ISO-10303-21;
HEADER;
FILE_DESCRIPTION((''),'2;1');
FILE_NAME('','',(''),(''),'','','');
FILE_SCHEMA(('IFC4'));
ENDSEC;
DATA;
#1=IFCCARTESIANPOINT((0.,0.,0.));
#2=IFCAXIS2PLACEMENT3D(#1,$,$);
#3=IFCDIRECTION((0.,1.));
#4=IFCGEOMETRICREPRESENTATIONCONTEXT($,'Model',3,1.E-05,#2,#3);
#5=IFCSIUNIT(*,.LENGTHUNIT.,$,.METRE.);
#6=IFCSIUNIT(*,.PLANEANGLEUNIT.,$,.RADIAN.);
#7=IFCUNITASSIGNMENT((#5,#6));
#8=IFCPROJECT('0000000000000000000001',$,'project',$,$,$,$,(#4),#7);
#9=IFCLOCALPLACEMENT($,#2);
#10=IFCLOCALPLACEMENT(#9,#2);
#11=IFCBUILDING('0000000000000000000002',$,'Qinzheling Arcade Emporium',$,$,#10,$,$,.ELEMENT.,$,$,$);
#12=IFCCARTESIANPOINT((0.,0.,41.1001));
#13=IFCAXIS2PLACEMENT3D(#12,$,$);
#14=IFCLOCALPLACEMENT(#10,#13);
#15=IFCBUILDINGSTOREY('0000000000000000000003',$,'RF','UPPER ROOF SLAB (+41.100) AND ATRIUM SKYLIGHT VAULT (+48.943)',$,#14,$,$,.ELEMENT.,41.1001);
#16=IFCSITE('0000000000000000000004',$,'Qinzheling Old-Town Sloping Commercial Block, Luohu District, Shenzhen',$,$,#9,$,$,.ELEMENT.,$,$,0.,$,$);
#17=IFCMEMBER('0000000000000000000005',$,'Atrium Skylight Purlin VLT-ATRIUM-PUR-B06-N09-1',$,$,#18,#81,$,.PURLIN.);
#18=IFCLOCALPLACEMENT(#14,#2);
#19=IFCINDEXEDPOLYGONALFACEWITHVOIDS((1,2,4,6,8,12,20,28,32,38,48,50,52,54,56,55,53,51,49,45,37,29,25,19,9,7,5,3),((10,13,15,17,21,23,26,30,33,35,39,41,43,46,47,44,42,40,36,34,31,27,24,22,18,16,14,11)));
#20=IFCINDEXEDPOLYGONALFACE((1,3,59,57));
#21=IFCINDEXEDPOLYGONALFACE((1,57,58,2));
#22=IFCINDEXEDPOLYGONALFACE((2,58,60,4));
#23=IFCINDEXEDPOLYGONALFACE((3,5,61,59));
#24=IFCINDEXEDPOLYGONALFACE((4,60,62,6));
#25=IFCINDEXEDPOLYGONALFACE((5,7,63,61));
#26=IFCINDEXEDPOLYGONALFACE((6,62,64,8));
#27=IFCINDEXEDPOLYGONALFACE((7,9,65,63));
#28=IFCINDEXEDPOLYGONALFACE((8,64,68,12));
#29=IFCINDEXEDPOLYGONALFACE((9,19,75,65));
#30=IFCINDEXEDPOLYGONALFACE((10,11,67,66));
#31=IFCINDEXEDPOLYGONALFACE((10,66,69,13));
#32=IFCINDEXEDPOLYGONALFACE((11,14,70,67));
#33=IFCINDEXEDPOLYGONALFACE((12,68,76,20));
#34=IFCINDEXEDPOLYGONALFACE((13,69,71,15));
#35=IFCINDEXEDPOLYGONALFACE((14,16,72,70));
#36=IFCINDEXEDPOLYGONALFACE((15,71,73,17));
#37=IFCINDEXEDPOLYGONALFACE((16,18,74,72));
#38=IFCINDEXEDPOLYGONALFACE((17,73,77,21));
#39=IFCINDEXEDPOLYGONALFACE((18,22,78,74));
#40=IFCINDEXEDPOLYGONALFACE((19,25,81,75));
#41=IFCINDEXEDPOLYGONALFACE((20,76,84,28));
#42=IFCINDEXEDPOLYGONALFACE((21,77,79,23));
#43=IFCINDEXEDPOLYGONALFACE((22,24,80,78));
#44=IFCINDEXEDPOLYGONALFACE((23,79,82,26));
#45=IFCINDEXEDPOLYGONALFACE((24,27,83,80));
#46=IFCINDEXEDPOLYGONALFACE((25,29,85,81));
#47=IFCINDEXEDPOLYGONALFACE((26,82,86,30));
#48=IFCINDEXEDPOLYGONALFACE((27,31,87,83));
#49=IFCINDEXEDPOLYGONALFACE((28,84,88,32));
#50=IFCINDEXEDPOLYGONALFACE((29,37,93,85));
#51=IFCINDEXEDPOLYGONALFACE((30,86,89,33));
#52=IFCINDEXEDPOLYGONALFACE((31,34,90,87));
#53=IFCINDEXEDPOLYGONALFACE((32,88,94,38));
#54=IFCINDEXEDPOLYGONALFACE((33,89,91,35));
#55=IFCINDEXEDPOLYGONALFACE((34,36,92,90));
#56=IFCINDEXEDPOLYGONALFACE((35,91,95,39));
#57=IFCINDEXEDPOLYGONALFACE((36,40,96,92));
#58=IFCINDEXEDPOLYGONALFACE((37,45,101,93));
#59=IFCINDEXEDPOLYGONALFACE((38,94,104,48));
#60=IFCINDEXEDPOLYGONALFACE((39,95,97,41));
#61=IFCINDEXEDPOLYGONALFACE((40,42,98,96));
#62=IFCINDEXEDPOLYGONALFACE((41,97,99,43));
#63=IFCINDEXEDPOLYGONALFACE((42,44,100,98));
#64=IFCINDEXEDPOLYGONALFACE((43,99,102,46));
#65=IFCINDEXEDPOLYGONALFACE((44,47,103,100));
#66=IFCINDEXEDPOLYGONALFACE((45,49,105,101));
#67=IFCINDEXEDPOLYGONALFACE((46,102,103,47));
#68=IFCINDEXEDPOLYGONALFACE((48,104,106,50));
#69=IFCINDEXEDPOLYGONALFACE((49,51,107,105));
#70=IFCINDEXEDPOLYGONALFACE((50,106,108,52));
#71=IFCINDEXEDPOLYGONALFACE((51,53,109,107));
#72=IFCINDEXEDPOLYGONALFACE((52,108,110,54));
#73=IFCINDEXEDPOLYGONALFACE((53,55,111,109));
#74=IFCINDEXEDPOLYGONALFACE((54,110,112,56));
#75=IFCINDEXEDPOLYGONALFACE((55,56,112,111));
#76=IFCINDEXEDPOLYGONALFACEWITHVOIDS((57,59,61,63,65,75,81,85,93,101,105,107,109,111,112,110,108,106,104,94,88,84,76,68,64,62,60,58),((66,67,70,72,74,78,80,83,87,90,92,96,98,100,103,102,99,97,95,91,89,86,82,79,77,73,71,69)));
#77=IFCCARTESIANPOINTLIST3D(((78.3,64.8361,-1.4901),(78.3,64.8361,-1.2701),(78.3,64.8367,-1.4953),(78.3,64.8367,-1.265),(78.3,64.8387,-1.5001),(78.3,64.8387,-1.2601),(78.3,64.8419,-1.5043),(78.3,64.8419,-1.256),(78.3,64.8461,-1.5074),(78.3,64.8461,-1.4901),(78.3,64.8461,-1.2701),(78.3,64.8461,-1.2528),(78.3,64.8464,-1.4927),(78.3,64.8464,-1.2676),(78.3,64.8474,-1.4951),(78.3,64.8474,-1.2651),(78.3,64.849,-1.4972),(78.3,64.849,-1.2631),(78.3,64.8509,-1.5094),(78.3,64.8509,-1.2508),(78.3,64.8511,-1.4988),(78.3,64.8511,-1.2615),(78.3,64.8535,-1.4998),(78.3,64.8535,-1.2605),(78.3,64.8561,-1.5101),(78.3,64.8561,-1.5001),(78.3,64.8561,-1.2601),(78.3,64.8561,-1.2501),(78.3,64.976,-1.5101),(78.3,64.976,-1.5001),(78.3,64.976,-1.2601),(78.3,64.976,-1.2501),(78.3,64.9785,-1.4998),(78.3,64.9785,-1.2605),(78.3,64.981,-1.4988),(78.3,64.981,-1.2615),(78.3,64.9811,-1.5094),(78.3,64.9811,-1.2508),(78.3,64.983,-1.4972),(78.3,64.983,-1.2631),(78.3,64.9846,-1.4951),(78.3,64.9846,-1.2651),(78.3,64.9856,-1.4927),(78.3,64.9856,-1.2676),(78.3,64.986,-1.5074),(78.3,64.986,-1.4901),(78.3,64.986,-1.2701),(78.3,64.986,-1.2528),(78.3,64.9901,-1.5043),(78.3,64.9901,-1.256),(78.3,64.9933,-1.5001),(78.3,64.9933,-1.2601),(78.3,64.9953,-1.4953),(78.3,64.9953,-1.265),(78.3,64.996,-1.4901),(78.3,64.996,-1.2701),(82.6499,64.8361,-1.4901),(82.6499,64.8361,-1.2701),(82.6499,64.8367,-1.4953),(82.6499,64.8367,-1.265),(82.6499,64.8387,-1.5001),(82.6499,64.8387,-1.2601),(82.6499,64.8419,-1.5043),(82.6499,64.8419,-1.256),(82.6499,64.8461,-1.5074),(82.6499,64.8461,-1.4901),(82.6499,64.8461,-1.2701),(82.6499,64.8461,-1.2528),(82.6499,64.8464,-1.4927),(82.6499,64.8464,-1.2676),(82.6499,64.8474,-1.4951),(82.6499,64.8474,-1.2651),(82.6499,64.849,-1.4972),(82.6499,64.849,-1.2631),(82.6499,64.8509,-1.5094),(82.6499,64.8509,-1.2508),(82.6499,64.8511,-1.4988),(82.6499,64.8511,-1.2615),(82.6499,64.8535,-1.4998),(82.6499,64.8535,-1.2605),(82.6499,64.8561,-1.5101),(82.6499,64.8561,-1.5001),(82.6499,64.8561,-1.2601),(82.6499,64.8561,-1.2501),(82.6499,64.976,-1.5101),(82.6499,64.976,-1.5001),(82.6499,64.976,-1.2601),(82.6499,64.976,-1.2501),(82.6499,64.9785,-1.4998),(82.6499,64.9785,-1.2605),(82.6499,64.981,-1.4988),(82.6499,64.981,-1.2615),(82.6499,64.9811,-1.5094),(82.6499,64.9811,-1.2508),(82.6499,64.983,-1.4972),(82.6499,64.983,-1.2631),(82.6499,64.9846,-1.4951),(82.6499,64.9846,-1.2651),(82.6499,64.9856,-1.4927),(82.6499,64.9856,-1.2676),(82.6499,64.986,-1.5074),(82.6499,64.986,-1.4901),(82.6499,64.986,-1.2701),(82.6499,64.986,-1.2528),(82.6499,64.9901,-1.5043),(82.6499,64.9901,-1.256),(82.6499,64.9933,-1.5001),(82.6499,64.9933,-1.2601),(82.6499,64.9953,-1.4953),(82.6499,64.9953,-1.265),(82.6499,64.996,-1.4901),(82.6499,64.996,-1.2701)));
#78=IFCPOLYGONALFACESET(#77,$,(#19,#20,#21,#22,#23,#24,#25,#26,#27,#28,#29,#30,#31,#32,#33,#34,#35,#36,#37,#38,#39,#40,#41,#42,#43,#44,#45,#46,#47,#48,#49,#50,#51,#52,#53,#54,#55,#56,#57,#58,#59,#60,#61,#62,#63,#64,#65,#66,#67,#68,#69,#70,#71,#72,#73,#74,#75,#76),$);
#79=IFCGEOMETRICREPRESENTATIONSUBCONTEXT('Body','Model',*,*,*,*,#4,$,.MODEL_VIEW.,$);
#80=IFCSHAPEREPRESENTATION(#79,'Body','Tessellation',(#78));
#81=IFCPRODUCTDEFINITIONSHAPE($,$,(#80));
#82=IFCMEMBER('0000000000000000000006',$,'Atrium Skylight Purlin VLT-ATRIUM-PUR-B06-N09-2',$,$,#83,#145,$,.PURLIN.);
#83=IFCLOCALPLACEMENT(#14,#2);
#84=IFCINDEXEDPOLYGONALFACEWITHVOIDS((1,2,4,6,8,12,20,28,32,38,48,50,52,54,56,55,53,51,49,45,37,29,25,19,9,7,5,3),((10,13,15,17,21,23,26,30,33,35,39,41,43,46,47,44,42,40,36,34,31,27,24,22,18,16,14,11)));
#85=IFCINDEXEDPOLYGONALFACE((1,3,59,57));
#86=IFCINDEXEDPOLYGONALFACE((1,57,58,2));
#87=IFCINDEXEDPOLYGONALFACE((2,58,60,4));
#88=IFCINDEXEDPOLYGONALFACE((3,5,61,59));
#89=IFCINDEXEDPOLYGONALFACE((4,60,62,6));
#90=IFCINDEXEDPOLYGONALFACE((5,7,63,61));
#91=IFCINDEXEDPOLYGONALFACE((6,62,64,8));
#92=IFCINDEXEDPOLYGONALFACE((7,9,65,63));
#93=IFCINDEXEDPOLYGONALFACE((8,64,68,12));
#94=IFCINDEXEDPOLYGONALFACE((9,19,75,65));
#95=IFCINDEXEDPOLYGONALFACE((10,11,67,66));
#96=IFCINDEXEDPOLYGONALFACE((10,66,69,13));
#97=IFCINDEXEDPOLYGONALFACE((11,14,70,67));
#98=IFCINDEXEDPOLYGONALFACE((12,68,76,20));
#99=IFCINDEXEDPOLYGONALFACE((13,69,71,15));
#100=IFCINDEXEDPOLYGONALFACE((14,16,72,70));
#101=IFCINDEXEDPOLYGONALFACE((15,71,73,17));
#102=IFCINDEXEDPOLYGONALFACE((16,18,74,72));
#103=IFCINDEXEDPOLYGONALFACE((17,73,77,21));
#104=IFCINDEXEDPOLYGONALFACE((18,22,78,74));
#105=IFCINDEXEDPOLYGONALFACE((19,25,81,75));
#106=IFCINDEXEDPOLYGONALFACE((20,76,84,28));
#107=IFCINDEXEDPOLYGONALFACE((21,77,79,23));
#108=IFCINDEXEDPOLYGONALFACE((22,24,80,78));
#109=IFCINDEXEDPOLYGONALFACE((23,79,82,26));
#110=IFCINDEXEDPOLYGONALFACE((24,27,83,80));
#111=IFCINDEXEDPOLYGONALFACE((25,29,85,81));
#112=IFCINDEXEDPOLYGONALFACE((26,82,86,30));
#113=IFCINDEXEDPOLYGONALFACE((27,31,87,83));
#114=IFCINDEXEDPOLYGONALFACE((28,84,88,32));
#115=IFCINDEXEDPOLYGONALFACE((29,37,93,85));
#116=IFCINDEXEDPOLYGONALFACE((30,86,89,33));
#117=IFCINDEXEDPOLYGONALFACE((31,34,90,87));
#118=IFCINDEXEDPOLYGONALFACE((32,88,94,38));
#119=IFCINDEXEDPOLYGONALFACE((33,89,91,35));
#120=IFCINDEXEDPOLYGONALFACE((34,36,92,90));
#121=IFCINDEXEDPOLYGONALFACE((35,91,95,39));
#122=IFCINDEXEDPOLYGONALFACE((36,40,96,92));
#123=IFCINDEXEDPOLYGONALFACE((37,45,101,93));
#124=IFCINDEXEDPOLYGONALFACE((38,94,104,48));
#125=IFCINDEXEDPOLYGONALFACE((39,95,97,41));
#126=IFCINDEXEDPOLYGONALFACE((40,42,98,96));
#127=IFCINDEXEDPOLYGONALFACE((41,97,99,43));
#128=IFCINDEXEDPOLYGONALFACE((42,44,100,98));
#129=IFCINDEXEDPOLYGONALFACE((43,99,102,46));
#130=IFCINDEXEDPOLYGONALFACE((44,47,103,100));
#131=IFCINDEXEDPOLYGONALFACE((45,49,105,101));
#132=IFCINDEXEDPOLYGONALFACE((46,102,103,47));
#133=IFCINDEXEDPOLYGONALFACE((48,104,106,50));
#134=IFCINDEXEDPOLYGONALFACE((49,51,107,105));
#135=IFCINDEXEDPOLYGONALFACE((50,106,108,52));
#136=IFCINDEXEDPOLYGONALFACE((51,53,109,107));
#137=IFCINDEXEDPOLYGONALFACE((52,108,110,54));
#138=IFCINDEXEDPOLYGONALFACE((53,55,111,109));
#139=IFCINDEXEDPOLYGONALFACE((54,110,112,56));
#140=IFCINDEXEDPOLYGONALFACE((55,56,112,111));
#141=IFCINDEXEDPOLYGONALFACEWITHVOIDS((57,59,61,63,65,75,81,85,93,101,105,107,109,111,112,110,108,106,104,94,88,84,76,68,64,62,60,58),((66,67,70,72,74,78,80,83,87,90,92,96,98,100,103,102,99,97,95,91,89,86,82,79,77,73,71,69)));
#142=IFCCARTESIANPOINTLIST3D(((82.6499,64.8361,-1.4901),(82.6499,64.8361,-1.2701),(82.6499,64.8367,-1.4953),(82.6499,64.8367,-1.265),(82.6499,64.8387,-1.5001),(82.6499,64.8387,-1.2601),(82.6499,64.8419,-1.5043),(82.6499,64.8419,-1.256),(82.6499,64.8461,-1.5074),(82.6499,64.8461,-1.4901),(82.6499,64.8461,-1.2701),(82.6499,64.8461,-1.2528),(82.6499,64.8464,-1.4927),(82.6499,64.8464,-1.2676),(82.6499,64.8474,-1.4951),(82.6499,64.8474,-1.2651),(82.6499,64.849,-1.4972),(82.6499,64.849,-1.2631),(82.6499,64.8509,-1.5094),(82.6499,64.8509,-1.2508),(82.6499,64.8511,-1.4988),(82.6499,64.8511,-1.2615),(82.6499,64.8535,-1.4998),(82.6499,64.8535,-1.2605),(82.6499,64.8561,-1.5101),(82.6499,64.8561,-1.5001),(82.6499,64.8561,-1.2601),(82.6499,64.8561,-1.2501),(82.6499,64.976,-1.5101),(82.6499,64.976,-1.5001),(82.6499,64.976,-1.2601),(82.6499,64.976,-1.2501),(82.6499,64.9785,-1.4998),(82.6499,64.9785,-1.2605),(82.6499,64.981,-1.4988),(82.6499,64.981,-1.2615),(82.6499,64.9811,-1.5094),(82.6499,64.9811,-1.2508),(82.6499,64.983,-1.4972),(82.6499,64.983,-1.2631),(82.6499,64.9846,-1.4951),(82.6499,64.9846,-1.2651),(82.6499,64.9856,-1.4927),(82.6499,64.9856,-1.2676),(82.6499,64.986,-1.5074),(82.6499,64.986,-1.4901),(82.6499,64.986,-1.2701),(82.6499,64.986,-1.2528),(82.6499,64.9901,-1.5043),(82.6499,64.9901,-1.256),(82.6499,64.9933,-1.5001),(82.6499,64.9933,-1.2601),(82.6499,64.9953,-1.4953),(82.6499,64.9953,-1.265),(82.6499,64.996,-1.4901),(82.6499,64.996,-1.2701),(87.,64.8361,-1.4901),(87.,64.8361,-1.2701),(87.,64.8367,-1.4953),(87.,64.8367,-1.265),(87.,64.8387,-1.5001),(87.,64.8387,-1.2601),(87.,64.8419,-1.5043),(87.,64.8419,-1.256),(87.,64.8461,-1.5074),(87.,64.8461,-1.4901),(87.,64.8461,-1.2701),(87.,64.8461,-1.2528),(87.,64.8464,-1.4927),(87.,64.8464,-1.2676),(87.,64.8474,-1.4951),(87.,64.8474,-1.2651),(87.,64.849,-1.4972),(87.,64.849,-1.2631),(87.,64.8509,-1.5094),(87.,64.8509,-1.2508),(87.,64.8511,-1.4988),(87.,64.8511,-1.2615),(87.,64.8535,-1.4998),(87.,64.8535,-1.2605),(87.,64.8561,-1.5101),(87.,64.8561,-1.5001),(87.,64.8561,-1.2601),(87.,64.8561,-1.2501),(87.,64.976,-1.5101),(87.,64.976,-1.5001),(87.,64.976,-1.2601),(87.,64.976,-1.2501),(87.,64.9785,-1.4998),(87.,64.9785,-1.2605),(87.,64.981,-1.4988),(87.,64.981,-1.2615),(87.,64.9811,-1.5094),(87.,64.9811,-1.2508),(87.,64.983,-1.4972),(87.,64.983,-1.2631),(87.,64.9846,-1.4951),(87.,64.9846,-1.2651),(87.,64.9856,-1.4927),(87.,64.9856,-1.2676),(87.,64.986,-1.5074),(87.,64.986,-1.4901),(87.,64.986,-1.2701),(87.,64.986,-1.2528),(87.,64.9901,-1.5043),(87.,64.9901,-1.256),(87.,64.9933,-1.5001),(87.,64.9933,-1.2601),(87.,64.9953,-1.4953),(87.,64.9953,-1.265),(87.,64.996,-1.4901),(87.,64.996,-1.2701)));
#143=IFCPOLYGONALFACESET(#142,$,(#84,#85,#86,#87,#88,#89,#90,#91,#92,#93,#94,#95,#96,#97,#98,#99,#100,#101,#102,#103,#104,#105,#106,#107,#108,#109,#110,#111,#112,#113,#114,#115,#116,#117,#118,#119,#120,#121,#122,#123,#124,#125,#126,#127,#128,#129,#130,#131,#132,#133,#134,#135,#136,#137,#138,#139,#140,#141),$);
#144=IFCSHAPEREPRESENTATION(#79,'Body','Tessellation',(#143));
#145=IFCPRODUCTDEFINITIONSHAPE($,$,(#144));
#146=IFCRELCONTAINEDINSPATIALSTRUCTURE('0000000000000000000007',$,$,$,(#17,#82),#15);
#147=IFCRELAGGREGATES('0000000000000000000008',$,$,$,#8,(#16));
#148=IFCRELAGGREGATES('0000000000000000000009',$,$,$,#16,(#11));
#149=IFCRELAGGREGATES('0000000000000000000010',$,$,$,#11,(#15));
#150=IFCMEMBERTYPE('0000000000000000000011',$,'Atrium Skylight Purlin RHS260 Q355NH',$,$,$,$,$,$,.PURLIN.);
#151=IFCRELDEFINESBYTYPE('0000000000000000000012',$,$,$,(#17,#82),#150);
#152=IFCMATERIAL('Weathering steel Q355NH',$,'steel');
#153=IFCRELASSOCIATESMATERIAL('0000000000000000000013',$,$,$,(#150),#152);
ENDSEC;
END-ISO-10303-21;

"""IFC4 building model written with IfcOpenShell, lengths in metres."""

from ifc_helpers import new_model, si_unit, direction, frame, origin, origin_2d, place, context, subcontext, project, spatial, hollow_rectangle, extrude, material, material_profile, profile_set, type_object, element, save


model = new_model("IFC4")

# Units and contexts
model_context = context("Model", 3, precision=1e-05, world=origin(), true_north=direction((0.0, 1.0)))
body_context = subcontext(model_context, "Body", "Model", "MODEL_VIEW")
ifc_project = project(units=[si_unit("LENGTHUNIT", "METRE"), si_unit("PLANEANGLEUNIT", "RADIAN")], contexts=[model_context])

# Site, building, storey
site_placement = place(None, origin())
site = spatial("IfcSite", under=ifc_project, at=site_placement, Name="Qinzheling Old-Town Sloping Commercial Block, Luohu District, Shenzhen", CompositionType="ELEMENT", RefElevation=0.0)
building_placement = place(site_placement, origin())
building = spatial("IfcBuilding", under=site, at=building_placement, Name="Qinzheling Arcade Emporium", CompositionType="ELEMENT")
storey_placement = place(building_placement, frame((0.0, 0.0, 41.1001)))
storey = spatial("IfcBuildingStorey", under=building, at=storey_placement, Name="RF", Description="UPPER ROOF SLAB (+41.100) AND ATRIUM SKYLIGHT VAULT (+48.943)", CompositionType="ELEMENT", Elevation=41.1001)

# Shared definitions
ifc_material_1 = material(Name="Weathering steel Q355NH", Category="steel")

# Members
ifc_material_profile_1 = material_profile(ifc_material_1, hollow_rectangle(XDim=0.1599, YDim=0.26, WallThickness=0.01, InnerFilletRadius=0.01, OuterFilletRadius=0.02, at=origin_2d()), Name="RHS 260x160x10", Category="steel")
ifc_profile_set_1 = profile_set([ifc_material_profile_1], Name="Weathering steel Q355NH")
member_type = type_object("IfcMemberType", Name="Atrium Skylight Purlin RHS260 Q355NH", PredefinedType="PURLIN", material=ifc_profile_set_1)
member_1_placement = place(storey_placement, frame((78.3, 64.916, -1.3801), z_axis=(1.0, 0.0, 0.0), x_axis=(0.0, 1.0, 0.0)))
element("IfcMember", 1, at=member_1_placement, inside=storey, type_object=member_type, Name="Atrium Skylight Purlin VLT-ATRIUM-PUR-B06-N09-1", PredefinedType="PURLIN", context=body_context, shape_type="SweptSolid", body=[
    extrude(hollow_rectangle(XDim=0.1599, YDim=0.26, WallThickness=0.01, InnerFilletRadius=0.01, OuterFilletRadius=0.02, at=origin_2d()), origin(), (0.0, 0.0, 1.0), 4.3499),
])
for number, where, z_axis, x_axis, name in (
    (2, (82.6499, 64.916, -1.3801), (1.0, 0.0, 0.0), (0.0, 1.0, 0.0), "Atrium Skylight Purlin VLT-ATRIUM-PUR-B06-N09-2"),
):
    element("IfcMember", number, at=place(storey_placement, frame(where, z_axis=z_axis, x_axis=x_axis)), inside=storey, type_object=member_type, Name=name, PredefinedType="PURLIN", context=body_context, shape_type="SweptSolid", body=[
        extrude(hollow_rectangle(XDim=0.1599, YDim=0.26, WallThickness=0.01, InnerFilletRadius=0.01, OuterFilletRadius=0.02, at=origin_2d()), origin(), (0.0, 0.0, 1.0), 4.3501),
    ])

save(model, "model.ifc")
